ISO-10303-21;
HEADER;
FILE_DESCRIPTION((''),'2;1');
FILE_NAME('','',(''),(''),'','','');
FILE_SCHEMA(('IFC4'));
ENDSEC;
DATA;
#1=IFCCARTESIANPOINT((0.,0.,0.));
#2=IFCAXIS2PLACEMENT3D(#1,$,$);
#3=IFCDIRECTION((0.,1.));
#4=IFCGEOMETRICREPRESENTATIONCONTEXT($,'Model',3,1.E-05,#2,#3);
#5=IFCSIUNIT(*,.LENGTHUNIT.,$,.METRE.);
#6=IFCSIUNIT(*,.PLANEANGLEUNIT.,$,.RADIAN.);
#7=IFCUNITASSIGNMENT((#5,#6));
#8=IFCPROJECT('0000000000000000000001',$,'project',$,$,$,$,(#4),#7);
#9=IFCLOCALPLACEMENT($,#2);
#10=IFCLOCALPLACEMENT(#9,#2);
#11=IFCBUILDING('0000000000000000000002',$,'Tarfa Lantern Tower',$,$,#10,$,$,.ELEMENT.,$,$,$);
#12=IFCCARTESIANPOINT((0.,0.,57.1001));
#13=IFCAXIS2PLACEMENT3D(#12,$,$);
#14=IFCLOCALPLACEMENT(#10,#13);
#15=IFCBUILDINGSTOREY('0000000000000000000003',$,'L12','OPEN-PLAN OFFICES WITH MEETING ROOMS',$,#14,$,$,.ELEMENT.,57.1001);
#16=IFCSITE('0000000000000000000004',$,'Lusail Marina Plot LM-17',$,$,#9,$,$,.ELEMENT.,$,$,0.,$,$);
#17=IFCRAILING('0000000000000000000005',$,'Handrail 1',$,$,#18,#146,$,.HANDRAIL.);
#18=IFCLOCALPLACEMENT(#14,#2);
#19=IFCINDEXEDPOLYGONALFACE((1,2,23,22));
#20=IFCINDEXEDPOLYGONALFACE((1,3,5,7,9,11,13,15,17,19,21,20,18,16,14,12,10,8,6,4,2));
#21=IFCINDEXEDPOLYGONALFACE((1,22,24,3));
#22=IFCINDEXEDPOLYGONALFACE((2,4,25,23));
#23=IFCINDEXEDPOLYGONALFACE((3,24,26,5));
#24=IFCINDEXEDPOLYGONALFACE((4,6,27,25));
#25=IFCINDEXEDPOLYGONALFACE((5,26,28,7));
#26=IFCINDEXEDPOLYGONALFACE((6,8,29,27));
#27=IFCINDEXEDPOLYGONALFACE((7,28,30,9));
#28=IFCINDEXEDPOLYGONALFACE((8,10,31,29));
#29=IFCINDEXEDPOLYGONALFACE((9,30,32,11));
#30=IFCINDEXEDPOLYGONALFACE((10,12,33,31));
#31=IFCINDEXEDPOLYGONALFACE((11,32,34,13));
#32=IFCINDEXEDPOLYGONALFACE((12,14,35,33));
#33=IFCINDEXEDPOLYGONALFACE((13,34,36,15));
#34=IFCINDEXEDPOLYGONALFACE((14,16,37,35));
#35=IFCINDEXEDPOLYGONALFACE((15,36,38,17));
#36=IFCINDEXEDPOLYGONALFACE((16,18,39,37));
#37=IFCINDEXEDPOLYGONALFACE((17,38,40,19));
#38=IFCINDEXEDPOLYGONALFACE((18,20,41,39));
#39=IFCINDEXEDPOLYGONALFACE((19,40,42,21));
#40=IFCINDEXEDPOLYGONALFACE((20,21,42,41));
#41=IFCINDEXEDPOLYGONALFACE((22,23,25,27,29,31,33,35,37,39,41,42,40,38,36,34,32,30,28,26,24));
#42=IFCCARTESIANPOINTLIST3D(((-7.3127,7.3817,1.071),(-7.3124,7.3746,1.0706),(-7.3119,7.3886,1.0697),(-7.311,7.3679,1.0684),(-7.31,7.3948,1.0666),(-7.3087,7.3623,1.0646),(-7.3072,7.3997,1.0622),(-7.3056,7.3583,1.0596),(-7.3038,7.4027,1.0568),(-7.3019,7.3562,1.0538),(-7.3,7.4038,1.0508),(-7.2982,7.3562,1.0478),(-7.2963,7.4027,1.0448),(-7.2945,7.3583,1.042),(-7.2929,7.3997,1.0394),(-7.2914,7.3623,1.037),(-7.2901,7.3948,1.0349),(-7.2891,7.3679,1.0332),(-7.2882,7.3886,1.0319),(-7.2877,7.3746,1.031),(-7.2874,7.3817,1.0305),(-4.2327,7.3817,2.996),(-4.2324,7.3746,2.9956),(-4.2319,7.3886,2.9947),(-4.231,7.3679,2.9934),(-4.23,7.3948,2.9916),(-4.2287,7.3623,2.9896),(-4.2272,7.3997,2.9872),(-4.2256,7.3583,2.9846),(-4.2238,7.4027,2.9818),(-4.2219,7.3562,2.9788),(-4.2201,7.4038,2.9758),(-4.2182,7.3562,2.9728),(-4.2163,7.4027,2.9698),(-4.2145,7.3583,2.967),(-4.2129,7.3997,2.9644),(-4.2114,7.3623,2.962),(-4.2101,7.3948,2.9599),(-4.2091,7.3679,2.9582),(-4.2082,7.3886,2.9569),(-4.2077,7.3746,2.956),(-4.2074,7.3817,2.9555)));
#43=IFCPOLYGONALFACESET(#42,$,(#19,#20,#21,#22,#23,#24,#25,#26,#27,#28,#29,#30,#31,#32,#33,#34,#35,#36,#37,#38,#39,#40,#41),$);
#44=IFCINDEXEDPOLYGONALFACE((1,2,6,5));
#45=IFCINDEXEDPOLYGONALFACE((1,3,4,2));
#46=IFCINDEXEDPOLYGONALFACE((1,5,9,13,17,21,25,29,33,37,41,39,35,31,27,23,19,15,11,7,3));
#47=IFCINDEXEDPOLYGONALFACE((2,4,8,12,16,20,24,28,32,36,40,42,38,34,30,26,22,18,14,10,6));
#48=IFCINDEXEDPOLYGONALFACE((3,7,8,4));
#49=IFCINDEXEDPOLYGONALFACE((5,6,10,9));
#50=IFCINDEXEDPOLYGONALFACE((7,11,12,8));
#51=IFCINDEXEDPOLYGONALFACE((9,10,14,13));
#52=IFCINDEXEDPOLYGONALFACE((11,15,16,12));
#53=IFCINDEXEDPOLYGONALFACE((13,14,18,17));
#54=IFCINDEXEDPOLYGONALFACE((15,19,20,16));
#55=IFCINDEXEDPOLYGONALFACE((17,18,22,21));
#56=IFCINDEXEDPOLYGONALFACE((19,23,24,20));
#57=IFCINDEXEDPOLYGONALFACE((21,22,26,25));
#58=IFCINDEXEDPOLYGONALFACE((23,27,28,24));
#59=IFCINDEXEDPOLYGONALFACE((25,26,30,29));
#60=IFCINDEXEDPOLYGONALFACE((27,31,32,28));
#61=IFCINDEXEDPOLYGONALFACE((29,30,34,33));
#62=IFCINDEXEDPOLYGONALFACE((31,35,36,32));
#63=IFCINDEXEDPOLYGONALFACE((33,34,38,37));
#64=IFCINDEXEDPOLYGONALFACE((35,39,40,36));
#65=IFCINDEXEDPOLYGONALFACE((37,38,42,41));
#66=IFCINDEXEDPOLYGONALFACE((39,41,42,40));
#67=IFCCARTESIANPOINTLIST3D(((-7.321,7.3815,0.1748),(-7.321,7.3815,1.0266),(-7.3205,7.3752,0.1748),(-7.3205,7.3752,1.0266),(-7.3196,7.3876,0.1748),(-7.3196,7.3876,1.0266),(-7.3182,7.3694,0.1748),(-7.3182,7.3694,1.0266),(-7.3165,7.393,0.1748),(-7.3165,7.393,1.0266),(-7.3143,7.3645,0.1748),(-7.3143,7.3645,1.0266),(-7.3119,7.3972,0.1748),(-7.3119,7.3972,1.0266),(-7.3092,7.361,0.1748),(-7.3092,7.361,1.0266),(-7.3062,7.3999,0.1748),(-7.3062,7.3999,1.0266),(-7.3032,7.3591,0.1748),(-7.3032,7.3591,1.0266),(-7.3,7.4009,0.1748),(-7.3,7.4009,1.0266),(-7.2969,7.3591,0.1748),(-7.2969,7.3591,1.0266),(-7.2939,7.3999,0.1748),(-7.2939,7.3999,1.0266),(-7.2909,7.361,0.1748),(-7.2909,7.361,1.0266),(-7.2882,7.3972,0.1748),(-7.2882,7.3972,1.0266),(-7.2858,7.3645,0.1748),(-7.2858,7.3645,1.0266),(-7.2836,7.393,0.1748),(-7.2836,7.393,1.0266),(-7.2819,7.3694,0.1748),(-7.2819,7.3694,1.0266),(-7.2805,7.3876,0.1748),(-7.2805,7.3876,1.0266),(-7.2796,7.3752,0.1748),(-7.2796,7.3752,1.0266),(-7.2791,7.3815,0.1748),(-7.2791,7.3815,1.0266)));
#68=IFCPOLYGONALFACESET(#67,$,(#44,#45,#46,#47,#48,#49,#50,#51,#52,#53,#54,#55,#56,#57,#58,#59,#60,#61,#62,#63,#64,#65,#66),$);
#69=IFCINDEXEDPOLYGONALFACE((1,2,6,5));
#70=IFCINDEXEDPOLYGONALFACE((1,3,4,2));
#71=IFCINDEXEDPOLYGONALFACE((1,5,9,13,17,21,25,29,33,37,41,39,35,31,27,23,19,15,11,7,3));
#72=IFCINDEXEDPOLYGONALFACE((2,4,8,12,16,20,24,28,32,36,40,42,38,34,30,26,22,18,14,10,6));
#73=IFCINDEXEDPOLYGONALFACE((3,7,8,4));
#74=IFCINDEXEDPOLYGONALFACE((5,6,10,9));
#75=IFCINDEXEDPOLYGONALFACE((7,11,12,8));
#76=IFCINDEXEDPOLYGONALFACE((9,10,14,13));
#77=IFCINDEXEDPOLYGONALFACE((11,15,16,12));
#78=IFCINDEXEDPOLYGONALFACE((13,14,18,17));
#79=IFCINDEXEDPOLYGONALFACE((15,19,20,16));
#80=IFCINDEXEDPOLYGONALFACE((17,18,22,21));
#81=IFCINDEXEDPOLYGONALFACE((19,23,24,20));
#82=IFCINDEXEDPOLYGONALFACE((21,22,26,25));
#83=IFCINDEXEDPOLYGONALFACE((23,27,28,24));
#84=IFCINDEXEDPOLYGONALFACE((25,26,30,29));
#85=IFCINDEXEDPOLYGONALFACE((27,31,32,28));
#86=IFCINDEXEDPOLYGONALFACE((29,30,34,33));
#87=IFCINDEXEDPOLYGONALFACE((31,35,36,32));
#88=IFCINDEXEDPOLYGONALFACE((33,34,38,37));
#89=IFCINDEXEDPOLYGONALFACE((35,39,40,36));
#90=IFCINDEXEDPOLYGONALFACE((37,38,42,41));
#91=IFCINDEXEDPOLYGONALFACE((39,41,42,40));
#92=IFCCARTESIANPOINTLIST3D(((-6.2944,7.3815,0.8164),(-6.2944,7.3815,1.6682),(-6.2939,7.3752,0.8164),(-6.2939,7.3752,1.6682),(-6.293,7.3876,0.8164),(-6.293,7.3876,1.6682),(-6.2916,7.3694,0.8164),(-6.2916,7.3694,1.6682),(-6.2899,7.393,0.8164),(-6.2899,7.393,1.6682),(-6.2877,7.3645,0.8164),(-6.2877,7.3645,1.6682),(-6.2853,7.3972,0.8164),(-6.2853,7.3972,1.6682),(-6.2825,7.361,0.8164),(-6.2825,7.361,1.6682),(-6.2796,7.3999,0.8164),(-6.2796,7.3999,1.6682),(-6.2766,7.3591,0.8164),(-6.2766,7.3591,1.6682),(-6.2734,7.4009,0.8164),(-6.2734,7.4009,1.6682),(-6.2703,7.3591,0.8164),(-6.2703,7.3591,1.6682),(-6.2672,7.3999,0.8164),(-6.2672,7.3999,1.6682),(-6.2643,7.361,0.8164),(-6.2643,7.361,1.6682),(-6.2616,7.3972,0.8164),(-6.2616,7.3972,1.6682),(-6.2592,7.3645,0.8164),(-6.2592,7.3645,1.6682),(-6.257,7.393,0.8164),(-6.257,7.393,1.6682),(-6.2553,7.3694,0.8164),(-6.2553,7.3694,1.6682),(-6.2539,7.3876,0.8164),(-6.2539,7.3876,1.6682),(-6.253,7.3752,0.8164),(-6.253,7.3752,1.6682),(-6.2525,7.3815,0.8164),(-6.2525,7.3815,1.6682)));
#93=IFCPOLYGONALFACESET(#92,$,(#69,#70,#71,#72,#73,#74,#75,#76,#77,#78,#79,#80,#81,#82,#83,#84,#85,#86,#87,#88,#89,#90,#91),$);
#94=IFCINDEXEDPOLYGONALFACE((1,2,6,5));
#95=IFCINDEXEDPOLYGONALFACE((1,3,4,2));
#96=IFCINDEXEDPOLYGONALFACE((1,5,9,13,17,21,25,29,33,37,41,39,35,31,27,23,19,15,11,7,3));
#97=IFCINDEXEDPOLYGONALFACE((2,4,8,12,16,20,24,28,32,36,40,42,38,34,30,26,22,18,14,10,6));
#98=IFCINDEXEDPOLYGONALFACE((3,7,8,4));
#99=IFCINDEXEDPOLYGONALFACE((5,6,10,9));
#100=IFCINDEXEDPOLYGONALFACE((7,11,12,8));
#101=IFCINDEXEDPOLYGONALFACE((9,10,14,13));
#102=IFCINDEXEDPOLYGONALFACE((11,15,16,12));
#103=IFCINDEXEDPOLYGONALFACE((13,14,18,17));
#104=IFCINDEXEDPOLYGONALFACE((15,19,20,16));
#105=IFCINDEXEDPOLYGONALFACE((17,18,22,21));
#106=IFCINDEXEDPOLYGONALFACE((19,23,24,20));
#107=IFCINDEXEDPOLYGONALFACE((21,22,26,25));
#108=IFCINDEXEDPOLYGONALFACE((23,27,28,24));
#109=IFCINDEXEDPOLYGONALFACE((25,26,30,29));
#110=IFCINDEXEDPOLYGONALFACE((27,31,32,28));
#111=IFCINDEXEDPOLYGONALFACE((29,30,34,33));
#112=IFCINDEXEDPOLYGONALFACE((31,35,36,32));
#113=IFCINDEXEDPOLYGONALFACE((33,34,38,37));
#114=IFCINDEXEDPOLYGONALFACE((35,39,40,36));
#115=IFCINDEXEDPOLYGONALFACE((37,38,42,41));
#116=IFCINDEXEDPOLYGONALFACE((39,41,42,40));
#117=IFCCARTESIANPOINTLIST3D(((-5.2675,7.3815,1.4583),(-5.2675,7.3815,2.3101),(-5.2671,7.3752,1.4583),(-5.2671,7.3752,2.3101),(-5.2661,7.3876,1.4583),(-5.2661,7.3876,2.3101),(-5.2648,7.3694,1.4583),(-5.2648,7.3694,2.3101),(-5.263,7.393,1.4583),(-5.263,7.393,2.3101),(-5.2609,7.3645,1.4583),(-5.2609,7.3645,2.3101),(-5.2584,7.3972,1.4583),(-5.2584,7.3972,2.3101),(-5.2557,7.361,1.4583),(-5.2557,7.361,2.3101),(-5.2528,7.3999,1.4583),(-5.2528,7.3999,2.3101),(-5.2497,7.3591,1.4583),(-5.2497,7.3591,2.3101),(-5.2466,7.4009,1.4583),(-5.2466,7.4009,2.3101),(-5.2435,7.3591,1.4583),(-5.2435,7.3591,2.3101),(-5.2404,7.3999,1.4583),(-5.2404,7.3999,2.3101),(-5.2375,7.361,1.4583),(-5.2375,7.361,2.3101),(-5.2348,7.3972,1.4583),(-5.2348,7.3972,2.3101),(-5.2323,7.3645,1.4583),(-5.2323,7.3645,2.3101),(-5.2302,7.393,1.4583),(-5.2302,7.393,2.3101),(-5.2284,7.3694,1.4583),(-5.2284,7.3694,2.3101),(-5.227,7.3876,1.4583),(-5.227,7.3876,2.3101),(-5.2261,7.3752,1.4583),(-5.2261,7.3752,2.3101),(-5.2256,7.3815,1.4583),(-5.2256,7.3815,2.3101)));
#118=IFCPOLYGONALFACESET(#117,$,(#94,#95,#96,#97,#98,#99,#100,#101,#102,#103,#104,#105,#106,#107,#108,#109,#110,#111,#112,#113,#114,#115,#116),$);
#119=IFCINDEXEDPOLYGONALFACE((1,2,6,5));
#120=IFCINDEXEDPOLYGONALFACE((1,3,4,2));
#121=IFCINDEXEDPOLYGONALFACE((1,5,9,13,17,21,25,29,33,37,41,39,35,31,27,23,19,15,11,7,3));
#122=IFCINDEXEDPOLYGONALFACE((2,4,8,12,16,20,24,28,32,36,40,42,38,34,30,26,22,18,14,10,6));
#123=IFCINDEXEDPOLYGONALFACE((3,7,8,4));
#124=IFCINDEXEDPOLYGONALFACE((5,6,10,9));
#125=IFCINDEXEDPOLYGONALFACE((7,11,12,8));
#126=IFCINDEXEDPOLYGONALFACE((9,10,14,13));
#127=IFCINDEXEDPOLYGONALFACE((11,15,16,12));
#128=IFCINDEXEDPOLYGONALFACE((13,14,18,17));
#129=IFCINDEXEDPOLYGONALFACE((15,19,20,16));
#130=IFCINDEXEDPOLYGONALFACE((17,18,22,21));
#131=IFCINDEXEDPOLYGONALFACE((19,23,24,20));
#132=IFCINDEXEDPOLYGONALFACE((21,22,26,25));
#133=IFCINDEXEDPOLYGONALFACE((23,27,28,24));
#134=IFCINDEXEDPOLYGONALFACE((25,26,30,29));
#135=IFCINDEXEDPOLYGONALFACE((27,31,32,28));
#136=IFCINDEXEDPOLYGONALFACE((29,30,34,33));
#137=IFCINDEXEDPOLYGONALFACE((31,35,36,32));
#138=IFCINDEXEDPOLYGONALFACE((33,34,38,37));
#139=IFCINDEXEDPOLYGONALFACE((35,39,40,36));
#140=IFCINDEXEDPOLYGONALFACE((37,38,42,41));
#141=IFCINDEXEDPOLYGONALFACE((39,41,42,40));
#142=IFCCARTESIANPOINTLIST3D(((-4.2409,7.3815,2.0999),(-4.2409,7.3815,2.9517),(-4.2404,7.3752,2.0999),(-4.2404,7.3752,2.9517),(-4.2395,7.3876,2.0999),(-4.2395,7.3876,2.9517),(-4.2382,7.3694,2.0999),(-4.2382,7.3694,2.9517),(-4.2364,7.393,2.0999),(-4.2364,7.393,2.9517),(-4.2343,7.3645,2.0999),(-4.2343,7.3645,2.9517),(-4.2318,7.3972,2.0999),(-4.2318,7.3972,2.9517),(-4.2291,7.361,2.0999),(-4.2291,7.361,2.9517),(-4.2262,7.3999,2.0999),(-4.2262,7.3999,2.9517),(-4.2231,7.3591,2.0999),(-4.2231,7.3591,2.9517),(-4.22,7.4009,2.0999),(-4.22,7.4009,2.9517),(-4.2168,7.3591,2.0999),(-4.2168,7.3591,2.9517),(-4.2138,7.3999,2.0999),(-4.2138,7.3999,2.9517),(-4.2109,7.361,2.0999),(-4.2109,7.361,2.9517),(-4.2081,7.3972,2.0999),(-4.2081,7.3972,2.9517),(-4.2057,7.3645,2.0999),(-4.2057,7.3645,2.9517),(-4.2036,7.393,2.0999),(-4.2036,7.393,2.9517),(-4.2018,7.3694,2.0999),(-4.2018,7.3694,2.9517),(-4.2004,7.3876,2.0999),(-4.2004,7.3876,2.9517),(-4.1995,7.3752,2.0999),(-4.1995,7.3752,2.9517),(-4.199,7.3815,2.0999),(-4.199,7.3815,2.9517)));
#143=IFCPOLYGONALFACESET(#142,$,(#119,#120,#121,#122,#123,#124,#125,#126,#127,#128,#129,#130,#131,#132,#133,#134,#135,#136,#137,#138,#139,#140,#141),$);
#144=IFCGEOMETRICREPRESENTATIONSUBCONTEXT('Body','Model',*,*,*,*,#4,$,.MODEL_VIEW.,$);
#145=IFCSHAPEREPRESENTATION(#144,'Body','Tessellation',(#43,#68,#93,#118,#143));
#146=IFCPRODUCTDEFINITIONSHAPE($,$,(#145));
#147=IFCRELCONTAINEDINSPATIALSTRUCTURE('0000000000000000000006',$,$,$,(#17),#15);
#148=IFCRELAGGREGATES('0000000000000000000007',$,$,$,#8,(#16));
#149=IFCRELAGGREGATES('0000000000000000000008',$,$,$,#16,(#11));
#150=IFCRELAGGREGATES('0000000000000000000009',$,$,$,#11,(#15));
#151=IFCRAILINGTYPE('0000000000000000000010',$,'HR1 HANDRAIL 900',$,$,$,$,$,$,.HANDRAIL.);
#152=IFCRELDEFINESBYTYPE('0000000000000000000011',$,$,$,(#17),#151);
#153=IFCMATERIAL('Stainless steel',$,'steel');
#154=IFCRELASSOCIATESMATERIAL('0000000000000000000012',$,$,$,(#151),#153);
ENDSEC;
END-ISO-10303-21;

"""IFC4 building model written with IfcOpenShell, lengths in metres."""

from ifc_helpers import new_model, si_unit, direction, frame, origin, origin_2d, place, context, subcontext, project, spatial, circle, extrude, material, type_object, element, save


model = new_model("IFC4")

# Units and contexts
model_context = context("Model", 3, precision=1e-05, world=origin(), true_north=direction((0.0, 1.0)))
body_context = subcontext(model_context, "Body", "Model", "MODEL_VIEW")
ifc_project = project(units=[si_unit("LENGTHUNIT", "METRE"), si_unit("PLANEANGLEUNIT", "RADIAN")], contexts=[model_context])

# Site, building, storey
site_placement = place(None, origin())
site = spatial("IfcSite", under=ifc_project, at=site_placement, Name="Lusail Marina Plot LM-17", CompositionType="ELEMENT", RefElevation=0.0)
building_placement = place(site_placement, origin())
building = spatial("IfcBuilding", under=site, at=building_placement, Name="Tarfa Lantern Tower", CompositionType="ELEMENT")
storey_placement = place(building_placement, frame((0.0, 0.0, 57.1001)))
storey = spatial("IfcBuildingStorey", under=building, at=storey_placement, Name="L12", Description="OPEN-PLAN OFFICES WITH MEETING ROOMS", CompositionType="ELEMENT", Elevation=57.1001)

# Railing
ifc_material_1 = material(Name="Stainless steel", Category="steel")
railing_type = type_object("IfcRailingType", Name="HR1 HANDRAIL 900", PredefinedType="HANDRAIL", material=ifc_material_1)
railing_1_placement = place(storey_placement, frame((-7.3, 7.3799, 0.1748)))
element("IfcRailing", 1, at=railing_1_placement, inside=storey, type_object=railing_type, Name="Handrail 1", PredefinedType="HANDRAIL", context=body_context, shape_type="SweptSolid", body=[
    extrude(circle(Radius=0.0239, at=origin_2d()), frame((0.0, 0.0, 0.876), z_axis=(0.847998, 0.0, 0.529999), x_axis=(0.0, 1.0, 0.0)), (0.0, 0.0, 1.0), 3.6321),
    extrude(circle(Radius=0.021, at=origin_2d()), frame((0.0, 0.0, 0.0), z_axis=(0.0, 0.0, 1.0), x_axis=(0.0, 1.0, 0.0)), (0.0, 0.0, 1.0), 0.8518),
    extrude(circle(Radius=0.021, at=origin_2d()), frame((1.0266, 0.0, 0.6416), z_axis=(0.0, 0.0, 1.0), x_axis=(0.0, 1.0, 0.0)), (0.0, 0.0, 1.0), 0.8518),
    extrude(circle(Radius=0.021, at=origin_2d()), frame((2.0535, 0.0, 1.2834), z_axis=(0.0, 0.0, 1.0), x_axis=(0.0, 1.0, 0.0)), (0.0, 0.0, 1.0), 0.8518),
    extrude(circle(Radius=0.021, at=origin_2d()), frame((3.0801, 0.0, 1.925), z_axis=(0.0, 0.0, 1.0), x_axis=(0.0, 1.0, 0.0)), (0.0, 0.0, 1.0), 0.8518),
])

save(model, "model.ifc")
